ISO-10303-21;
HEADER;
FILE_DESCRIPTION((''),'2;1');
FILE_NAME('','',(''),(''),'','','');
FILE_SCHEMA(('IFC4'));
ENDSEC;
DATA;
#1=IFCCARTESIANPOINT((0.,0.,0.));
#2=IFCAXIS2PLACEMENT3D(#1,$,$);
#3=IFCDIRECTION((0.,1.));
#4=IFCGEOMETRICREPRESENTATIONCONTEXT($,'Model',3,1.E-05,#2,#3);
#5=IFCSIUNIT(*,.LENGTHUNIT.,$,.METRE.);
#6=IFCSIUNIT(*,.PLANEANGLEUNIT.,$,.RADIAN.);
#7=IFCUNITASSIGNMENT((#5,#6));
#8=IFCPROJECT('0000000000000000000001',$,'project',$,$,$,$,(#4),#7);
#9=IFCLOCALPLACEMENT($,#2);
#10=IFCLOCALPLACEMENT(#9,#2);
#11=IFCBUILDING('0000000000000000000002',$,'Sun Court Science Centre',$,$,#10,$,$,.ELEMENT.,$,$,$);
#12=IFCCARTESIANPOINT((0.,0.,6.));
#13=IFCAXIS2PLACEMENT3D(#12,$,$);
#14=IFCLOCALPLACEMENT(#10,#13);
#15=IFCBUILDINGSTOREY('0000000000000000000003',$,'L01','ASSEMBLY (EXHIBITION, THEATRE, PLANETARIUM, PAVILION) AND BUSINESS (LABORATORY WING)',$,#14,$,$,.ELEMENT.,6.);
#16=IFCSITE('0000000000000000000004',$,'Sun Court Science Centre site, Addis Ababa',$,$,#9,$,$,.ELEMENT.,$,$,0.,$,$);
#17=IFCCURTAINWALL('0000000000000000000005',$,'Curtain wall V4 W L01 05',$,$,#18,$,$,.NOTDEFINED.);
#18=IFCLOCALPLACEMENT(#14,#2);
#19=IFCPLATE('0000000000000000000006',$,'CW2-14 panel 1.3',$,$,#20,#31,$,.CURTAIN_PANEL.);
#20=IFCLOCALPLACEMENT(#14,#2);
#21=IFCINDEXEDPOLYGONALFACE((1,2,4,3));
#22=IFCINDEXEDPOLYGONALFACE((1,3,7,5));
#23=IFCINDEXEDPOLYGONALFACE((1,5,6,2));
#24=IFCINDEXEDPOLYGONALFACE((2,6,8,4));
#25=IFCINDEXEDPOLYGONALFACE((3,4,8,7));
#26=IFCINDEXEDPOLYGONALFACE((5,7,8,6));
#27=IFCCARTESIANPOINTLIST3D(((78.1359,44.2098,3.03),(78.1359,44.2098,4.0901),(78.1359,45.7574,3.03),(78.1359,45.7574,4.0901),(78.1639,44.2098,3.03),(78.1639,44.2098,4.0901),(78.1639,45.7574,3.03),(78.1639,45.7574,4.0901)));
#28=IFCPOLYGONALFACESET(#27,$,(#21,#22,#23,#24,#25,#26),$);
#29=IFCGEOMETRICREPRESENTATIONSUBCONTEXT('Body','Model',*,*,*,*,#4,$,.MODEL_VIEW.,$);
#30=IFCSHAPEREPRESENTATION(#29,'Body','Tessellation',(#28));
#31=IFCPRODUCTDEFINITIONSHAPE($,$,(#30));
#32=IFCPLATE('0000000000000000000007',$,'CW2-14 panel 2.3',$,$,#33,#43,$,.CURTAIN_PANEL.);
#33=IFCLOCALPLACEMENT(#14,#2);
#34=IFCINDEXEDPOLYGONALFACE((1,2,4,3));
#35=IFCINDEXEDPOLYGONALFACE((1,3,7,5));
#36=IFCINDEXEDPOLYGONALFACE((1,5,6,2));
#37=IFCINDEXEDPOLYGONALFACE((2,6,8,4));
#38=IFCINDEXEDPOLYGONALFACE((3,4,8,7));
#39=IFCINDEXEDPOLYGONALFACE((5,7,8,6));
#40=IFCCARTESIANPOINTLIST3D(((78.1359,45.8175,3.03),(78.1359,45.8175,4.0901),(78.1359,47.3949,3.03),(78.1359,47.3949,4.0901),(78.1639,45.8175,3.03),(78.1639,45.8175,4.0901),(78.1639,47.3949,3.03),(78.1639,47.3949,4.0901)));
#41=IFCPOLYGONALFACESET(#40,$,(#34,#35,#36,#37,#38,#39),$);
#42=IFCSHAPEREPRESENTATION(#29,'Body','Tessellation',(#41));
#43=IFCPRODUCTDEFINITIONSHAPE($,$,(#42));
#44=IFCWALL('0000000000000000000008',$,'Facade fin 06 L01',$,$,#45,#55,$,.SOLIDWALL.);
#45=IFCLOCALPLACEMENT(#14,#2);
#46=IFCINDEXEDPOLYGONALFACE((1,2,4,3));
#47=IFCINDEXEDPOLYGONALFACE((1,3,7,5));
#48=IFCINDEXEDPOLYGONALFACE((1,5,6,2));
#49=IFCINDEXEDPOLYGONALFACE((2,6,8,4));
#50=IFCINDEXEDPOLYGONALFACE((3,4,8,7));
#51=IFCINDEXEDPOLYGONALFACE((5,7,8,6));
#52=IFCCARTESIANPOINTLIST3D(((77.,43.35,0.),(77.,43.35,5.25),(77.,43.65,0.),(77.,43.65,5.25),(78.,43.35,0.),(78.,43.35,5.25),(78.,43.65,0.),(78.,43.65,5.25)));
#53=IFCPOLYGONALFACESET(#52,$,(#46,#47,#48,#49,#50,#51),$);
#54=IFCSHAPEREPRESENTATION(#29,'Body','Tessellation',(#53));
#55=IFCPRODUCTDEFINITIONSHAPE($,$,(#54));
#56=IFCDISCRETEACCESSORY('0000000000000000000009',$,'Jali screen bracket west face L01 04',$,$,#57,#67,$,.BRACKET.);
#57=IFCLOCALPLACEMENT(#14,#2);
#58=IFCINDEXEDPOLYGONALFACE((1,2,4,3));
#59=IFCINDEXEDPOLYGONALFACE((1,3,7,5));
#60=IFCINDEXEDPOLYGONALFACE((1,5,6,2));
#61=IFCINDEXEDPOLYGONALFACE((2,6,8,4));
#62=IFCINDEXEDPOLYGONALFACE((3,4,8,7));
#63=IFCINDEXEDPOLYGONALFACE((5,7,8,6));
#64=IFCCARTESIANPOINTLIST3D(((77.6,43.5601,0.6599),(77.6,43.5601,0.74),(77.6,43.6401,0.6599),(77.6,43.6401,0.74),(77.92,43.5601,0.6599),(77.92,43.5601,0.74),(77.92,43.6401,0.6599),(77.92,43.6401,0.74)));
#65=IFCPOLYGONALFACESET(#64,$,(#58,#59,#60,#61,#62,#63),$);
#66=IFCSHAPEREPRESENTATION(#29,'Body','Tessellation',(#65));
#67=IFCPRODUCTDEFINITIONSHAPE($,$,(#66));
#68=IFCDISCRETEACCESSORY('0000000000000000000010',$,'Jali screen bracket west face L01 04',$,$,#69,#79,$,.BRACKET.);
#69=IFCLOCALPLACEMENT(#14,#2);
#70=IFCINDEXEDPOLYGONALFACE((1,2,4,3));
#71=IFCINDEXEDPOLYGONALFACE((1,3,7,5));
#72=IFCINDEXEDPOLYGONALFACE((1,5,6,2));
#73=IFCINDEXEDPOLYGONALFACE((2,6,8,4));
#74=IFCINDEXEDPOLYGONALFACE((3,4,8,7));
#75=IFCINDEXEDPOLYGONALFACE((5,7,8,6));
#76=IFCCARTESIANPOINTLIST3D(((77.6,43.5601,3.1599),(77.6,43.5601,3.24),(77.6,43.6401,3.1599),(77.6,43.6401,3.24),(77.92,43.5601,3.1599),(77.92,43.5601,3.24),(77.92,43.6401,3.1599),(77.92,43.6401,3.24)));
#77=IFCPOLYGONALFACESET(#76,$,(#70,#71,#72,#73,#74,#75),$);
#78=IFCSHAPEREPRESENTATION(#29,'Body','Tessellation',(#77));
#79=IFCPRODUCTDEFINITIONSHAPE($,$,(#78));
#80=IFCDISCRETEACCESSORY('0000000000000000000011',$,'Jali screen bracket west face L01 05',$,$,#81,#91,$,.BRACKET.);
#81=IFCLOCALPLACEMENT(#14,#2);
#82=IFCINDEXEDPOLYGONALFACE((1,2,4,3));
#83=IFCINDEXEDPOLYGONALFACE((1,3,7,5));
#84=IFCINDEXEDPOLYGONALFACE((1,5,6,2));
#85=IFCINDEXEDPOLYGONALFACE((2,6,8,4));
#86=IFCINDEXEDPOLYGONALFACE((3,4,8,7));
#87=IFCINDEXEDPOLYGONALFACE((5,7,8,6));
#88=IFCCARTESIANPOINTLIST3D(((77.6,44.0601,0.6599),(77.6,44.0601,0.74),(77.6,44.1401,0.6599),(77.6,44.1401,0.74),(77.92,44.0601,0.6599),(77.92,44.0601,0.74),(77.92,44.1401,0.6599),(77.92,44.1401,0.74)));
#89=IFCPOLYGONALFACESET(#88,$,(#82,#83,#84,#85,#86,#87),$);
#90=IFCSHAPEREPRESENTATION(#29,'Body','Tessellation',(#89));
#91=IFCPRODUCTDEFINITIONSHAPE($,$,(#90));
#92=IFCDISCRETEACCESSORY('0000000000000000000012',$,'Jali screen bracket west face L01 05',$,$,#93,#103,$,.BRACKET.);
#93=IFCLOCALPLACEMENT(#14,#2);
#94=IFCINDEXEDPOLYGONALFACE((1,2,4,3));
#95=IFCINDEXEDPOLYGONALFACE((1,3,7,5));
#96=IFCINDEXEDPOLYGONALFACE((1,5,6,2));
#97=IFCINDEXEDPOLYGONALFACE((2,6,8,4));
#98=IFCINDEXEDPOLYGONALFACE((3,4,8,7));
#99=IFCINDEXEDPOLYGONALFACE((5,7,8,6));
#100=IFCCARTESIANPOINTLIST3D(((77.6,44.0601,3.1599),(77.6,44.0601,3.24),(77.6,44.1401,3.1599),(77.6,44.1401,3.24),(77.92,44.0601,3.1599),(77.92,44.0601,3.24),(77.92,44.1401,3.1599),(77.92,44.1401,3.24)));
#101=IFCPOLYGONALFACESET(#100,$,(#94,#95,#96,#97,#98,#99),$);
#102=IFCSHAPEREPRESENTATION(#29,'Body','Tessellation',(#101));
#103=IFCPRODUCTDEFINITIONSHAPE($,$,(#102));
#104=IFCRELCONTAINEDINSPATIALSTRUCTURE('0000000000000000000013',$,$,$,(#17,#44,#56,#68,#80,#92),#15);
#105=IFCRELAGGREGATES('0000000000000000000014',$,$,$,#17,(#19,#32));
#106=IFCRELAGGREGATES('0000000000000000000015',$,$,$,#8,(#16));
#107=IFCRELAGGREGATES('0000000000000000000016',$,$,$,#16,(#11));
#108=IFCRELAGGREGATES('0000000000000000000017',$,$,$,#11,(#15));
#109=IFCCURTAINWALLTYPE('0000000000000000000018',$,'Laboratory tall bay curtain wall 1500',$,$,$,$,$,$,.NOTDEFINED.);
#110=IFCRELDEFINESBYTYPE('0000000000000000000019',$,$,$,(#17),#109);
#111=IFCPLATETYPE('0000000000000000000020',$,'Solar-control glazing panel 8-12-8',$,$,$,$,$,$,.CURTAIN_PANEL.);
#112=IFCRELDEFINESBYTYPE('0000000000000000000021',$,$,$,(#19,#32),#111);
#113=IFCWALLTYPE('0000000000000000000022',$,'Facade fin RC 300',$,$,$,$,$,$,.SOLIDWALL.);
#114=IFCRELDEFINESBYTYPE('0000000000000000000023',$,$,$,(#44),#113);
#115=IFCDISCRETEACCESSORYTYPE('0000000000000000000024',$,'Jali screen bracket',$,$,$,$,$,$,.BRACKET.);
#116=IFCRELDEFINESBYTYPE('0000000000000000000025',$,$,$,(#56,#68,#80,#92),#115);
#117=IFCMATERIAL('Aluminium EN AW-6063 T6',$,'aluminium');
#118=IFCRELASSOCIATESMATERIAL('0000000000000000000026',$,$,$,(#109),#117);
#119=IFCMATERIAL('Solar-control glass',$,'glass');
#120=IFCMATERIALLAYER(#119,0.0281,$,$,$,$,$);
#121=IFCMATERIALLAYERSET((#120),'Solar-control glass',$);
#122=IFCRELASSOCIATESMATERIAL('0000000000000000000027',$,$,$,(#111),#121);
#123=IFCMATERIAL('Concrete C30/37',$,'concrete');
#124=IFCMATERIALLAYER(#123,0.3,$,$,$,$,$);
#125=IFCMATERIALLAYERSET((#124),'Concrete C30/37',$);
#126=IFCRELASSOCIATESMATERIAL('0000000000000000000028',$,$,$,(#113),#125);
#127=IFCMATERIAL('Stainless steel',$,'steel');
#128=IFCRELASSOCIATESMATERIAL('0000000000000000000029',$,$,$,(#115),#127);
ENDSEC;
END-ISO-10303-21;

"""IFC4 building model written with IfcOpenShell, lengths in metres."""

from ifc_helpers import new_model, si_unit, direction, frame, frame_2d, origin, origin_2d, place, context, subcontext, project, spatial, rectangle, extrude, material, layer, layer_set, type_object, element, aggregate, save


model = new_model("IFC4")

# Units and contexts
model_context = context("Model", 3, precision=1e-05, world=origin(), true_north=direction((0.0, 1.0)))
body_context = subcontext(model_context, "Body", "Model", "MODEL_VIEW")
ifc_project = project(units=[si_unit("LENGTHUNIT", "METRE"), si_unit("PLANEANGLEUNIT", "RADIAN")], contexts=[model_context])

# Site, building, storey
site_placement = place(None, origin())
site = spatial("IfcSite", under=ifc_project, at=site_placement, Name="Sun Court Science Centre site, Addis Ababa", CompositionType="ELEMENT", RefElevation=0.0)
building_placement = place(site_placement, origin())
building = spatial("IfcBuilding", under=site, at=building_placement, Name="Sun Court Science Centre", CompositionType="ELEMENT")
storey_placement = place(building_placement, frame((0.0, 0.0, 6.0)))
storey = spatial("IfcBuildingStorey", under=building, at=storey_placement, Name="L01", Description="ASSEMBLY (EXHIBITION, THEATRE, PLANETARIUM, PAVILION) AND BUSINESS (LABORATORY WING)", CompositionType="ELEMENT", Elevation=6.0)

# Curtain wall
ifc_material_1 = material(Name="Aluminium EN AW-6063 T6", Category="aluminium")
curtain_wall_type_1 = type_object("IfcCurtainWallType", Name="Laboratory tall bay curtain wall 1500", PredefinedType="NOTDEFINED", material=ifc_material_1)
curtain_wall_1_placement = place(storey_placement, origin())
curtain_wall_1 = element("IfcCurtainWall", 1, at=curtain_wall_1_placement, inside=storey, type_object=curtain_wall_type_1, Name="Curtain wall V4 W L01 05", PredefinedType="NOTDEFINED")

# Plates
ifc_material_2 = material(Name="Solar-control glass", Category="glass")
ifc_layer_1 = layer(ifc_material_2, 0.0281)
ifc_layer_set_1 = layer_set([ifc_layer_1], Name="Solar-control glass")
plate_type_1 = type_object("IfcPlateType", Name="Solar-control glazing panel 8-12-8", PredefinedType="CURTAIN_PANEL", material=ifc_layer_set_1)
plate_1_placement = place(storey_placement, frame((78.1499, 44.9836, 3.03), z_axis=(0.0, 0.0, 1.0), x_axis=(0.0, 1.0, 0.0)))
plate_1 = element("IfcPlate", 2, at=plate_1_placement, type_object=plate_type_1, Name="CW2-14 panel 1.3", PredefinedType="CURTAIN_PANEL", context=body_context, shape_type="SweptSolid", body=[
    extrude(rectangle(XDim=1.5476, YDim=0.0281, at=origin_2d()), origin(), (0.0, 0.0, 1.0), 1.0601),
])
plate_2_placement = place(storey_placement, frame((78.1499, 46.6062, 3.03), z_axis=(0.0, 0.0, 1.0), x_axis=(0.0, 1.0, 0.0)))
plate_2 = element("IfcPlate", 3, at=plate_2_placement, type_object=plate_type_1, Name="CW2-14 panel 2.3", PredefinedType="CURTAIN_PANEL", context=body_context, shape_type="SweptSolid", body=[
    extrude(rectangle(XDim=1.5774, YDim=0.0281, at=origin_2d()), origin(), (0.0, 0.0, 1.0), 1.0601),
])
aggregate(curtain_wall_1, [plate_1, plate_2])

# Wall
ifc_material_3 = material(Name="Concrete C30/37", Category="concrete")
ifc_layer_2 = layer(ifc_material_3, 0.3)
ifc_layer_set_2 = layer_set([ifc_layer_2], Name="Concrete C30/37")
wall_type = type_object("IfcWallType", Name="Facade fin RC 300", PredefinedType="SOLIDWALL", material=ifc_layer_set_2)
wall_placement = place(storey_placement, frame((77.0, 43.5, 0.0), z_axis=(0.0, 0.0, 1.0), x_axis=(1.0, 0.0, 0.0)))
element("IfcWall", 4, at=wall_placement, inside=storey, type_object=wall_type, Name="Facade fin 06 L01", PredefinedType="SOLIDWALL", context=body_context, shape_type="SweptSolid", body=[
    extrude(rectangle(XDim=1.0, YDim=0.3, at=frame_2d((0.5, 0.0))), origin(), (0.0, 0.0, 1.0), 5.25),
])

# Discrete accessories
ifc_material_4 = material(Name="Stainless steel", Category="steel")
discrete_accessory_type = type_object("IfcDiscreteAccessoryType", Name="Jali screen bracket", PredefinedType="BRACKET", material=ifc_material_4)
for number, where, z_axis, x_axis, name in (
    (5, (77.76, 43.6001, 0.6599), (0.0, 0.0, 1.0), (0.0, 1.0, 0.0), "Jali screen bracket west face L01 04"),
    (6, (77.76, 43.6001, 3.1599), (0.0, 0.0, 1.0), (0.0, 1.0, 0.0), "Jali screen bracket west face L01 04"),
    (7, (77.76, 44.1001, 0.6599), (0.0, 0.0, 1.0), (0.0, 1.0, 0.0), "Jali screen bracket west face L01 05"),
    (8, (77.76, 44.1001, 3.1599), (0.0, 0.0, 1.0), (0.0, 1.0, 0.0), "Jali screen bracket west face L01 05"),
):
    element("IfcDiscreteAccessory", number, at=place(storey_placement, frame(where, z_axis=z_axis, x_axis=x_axis)), inside=storey, type_object=discrete_accessory_type, Name=name, PredefinedType="BRACKET", context=body_context, shape_type="SweptSolid", body=[
        extrude(rectangle(XDim=0.0801, YDim=0.3201, at=origin_2d()), origin(), (0.0, 0.0, 1.0), 0.0801),
    ])

save(model, "model.ifc")
